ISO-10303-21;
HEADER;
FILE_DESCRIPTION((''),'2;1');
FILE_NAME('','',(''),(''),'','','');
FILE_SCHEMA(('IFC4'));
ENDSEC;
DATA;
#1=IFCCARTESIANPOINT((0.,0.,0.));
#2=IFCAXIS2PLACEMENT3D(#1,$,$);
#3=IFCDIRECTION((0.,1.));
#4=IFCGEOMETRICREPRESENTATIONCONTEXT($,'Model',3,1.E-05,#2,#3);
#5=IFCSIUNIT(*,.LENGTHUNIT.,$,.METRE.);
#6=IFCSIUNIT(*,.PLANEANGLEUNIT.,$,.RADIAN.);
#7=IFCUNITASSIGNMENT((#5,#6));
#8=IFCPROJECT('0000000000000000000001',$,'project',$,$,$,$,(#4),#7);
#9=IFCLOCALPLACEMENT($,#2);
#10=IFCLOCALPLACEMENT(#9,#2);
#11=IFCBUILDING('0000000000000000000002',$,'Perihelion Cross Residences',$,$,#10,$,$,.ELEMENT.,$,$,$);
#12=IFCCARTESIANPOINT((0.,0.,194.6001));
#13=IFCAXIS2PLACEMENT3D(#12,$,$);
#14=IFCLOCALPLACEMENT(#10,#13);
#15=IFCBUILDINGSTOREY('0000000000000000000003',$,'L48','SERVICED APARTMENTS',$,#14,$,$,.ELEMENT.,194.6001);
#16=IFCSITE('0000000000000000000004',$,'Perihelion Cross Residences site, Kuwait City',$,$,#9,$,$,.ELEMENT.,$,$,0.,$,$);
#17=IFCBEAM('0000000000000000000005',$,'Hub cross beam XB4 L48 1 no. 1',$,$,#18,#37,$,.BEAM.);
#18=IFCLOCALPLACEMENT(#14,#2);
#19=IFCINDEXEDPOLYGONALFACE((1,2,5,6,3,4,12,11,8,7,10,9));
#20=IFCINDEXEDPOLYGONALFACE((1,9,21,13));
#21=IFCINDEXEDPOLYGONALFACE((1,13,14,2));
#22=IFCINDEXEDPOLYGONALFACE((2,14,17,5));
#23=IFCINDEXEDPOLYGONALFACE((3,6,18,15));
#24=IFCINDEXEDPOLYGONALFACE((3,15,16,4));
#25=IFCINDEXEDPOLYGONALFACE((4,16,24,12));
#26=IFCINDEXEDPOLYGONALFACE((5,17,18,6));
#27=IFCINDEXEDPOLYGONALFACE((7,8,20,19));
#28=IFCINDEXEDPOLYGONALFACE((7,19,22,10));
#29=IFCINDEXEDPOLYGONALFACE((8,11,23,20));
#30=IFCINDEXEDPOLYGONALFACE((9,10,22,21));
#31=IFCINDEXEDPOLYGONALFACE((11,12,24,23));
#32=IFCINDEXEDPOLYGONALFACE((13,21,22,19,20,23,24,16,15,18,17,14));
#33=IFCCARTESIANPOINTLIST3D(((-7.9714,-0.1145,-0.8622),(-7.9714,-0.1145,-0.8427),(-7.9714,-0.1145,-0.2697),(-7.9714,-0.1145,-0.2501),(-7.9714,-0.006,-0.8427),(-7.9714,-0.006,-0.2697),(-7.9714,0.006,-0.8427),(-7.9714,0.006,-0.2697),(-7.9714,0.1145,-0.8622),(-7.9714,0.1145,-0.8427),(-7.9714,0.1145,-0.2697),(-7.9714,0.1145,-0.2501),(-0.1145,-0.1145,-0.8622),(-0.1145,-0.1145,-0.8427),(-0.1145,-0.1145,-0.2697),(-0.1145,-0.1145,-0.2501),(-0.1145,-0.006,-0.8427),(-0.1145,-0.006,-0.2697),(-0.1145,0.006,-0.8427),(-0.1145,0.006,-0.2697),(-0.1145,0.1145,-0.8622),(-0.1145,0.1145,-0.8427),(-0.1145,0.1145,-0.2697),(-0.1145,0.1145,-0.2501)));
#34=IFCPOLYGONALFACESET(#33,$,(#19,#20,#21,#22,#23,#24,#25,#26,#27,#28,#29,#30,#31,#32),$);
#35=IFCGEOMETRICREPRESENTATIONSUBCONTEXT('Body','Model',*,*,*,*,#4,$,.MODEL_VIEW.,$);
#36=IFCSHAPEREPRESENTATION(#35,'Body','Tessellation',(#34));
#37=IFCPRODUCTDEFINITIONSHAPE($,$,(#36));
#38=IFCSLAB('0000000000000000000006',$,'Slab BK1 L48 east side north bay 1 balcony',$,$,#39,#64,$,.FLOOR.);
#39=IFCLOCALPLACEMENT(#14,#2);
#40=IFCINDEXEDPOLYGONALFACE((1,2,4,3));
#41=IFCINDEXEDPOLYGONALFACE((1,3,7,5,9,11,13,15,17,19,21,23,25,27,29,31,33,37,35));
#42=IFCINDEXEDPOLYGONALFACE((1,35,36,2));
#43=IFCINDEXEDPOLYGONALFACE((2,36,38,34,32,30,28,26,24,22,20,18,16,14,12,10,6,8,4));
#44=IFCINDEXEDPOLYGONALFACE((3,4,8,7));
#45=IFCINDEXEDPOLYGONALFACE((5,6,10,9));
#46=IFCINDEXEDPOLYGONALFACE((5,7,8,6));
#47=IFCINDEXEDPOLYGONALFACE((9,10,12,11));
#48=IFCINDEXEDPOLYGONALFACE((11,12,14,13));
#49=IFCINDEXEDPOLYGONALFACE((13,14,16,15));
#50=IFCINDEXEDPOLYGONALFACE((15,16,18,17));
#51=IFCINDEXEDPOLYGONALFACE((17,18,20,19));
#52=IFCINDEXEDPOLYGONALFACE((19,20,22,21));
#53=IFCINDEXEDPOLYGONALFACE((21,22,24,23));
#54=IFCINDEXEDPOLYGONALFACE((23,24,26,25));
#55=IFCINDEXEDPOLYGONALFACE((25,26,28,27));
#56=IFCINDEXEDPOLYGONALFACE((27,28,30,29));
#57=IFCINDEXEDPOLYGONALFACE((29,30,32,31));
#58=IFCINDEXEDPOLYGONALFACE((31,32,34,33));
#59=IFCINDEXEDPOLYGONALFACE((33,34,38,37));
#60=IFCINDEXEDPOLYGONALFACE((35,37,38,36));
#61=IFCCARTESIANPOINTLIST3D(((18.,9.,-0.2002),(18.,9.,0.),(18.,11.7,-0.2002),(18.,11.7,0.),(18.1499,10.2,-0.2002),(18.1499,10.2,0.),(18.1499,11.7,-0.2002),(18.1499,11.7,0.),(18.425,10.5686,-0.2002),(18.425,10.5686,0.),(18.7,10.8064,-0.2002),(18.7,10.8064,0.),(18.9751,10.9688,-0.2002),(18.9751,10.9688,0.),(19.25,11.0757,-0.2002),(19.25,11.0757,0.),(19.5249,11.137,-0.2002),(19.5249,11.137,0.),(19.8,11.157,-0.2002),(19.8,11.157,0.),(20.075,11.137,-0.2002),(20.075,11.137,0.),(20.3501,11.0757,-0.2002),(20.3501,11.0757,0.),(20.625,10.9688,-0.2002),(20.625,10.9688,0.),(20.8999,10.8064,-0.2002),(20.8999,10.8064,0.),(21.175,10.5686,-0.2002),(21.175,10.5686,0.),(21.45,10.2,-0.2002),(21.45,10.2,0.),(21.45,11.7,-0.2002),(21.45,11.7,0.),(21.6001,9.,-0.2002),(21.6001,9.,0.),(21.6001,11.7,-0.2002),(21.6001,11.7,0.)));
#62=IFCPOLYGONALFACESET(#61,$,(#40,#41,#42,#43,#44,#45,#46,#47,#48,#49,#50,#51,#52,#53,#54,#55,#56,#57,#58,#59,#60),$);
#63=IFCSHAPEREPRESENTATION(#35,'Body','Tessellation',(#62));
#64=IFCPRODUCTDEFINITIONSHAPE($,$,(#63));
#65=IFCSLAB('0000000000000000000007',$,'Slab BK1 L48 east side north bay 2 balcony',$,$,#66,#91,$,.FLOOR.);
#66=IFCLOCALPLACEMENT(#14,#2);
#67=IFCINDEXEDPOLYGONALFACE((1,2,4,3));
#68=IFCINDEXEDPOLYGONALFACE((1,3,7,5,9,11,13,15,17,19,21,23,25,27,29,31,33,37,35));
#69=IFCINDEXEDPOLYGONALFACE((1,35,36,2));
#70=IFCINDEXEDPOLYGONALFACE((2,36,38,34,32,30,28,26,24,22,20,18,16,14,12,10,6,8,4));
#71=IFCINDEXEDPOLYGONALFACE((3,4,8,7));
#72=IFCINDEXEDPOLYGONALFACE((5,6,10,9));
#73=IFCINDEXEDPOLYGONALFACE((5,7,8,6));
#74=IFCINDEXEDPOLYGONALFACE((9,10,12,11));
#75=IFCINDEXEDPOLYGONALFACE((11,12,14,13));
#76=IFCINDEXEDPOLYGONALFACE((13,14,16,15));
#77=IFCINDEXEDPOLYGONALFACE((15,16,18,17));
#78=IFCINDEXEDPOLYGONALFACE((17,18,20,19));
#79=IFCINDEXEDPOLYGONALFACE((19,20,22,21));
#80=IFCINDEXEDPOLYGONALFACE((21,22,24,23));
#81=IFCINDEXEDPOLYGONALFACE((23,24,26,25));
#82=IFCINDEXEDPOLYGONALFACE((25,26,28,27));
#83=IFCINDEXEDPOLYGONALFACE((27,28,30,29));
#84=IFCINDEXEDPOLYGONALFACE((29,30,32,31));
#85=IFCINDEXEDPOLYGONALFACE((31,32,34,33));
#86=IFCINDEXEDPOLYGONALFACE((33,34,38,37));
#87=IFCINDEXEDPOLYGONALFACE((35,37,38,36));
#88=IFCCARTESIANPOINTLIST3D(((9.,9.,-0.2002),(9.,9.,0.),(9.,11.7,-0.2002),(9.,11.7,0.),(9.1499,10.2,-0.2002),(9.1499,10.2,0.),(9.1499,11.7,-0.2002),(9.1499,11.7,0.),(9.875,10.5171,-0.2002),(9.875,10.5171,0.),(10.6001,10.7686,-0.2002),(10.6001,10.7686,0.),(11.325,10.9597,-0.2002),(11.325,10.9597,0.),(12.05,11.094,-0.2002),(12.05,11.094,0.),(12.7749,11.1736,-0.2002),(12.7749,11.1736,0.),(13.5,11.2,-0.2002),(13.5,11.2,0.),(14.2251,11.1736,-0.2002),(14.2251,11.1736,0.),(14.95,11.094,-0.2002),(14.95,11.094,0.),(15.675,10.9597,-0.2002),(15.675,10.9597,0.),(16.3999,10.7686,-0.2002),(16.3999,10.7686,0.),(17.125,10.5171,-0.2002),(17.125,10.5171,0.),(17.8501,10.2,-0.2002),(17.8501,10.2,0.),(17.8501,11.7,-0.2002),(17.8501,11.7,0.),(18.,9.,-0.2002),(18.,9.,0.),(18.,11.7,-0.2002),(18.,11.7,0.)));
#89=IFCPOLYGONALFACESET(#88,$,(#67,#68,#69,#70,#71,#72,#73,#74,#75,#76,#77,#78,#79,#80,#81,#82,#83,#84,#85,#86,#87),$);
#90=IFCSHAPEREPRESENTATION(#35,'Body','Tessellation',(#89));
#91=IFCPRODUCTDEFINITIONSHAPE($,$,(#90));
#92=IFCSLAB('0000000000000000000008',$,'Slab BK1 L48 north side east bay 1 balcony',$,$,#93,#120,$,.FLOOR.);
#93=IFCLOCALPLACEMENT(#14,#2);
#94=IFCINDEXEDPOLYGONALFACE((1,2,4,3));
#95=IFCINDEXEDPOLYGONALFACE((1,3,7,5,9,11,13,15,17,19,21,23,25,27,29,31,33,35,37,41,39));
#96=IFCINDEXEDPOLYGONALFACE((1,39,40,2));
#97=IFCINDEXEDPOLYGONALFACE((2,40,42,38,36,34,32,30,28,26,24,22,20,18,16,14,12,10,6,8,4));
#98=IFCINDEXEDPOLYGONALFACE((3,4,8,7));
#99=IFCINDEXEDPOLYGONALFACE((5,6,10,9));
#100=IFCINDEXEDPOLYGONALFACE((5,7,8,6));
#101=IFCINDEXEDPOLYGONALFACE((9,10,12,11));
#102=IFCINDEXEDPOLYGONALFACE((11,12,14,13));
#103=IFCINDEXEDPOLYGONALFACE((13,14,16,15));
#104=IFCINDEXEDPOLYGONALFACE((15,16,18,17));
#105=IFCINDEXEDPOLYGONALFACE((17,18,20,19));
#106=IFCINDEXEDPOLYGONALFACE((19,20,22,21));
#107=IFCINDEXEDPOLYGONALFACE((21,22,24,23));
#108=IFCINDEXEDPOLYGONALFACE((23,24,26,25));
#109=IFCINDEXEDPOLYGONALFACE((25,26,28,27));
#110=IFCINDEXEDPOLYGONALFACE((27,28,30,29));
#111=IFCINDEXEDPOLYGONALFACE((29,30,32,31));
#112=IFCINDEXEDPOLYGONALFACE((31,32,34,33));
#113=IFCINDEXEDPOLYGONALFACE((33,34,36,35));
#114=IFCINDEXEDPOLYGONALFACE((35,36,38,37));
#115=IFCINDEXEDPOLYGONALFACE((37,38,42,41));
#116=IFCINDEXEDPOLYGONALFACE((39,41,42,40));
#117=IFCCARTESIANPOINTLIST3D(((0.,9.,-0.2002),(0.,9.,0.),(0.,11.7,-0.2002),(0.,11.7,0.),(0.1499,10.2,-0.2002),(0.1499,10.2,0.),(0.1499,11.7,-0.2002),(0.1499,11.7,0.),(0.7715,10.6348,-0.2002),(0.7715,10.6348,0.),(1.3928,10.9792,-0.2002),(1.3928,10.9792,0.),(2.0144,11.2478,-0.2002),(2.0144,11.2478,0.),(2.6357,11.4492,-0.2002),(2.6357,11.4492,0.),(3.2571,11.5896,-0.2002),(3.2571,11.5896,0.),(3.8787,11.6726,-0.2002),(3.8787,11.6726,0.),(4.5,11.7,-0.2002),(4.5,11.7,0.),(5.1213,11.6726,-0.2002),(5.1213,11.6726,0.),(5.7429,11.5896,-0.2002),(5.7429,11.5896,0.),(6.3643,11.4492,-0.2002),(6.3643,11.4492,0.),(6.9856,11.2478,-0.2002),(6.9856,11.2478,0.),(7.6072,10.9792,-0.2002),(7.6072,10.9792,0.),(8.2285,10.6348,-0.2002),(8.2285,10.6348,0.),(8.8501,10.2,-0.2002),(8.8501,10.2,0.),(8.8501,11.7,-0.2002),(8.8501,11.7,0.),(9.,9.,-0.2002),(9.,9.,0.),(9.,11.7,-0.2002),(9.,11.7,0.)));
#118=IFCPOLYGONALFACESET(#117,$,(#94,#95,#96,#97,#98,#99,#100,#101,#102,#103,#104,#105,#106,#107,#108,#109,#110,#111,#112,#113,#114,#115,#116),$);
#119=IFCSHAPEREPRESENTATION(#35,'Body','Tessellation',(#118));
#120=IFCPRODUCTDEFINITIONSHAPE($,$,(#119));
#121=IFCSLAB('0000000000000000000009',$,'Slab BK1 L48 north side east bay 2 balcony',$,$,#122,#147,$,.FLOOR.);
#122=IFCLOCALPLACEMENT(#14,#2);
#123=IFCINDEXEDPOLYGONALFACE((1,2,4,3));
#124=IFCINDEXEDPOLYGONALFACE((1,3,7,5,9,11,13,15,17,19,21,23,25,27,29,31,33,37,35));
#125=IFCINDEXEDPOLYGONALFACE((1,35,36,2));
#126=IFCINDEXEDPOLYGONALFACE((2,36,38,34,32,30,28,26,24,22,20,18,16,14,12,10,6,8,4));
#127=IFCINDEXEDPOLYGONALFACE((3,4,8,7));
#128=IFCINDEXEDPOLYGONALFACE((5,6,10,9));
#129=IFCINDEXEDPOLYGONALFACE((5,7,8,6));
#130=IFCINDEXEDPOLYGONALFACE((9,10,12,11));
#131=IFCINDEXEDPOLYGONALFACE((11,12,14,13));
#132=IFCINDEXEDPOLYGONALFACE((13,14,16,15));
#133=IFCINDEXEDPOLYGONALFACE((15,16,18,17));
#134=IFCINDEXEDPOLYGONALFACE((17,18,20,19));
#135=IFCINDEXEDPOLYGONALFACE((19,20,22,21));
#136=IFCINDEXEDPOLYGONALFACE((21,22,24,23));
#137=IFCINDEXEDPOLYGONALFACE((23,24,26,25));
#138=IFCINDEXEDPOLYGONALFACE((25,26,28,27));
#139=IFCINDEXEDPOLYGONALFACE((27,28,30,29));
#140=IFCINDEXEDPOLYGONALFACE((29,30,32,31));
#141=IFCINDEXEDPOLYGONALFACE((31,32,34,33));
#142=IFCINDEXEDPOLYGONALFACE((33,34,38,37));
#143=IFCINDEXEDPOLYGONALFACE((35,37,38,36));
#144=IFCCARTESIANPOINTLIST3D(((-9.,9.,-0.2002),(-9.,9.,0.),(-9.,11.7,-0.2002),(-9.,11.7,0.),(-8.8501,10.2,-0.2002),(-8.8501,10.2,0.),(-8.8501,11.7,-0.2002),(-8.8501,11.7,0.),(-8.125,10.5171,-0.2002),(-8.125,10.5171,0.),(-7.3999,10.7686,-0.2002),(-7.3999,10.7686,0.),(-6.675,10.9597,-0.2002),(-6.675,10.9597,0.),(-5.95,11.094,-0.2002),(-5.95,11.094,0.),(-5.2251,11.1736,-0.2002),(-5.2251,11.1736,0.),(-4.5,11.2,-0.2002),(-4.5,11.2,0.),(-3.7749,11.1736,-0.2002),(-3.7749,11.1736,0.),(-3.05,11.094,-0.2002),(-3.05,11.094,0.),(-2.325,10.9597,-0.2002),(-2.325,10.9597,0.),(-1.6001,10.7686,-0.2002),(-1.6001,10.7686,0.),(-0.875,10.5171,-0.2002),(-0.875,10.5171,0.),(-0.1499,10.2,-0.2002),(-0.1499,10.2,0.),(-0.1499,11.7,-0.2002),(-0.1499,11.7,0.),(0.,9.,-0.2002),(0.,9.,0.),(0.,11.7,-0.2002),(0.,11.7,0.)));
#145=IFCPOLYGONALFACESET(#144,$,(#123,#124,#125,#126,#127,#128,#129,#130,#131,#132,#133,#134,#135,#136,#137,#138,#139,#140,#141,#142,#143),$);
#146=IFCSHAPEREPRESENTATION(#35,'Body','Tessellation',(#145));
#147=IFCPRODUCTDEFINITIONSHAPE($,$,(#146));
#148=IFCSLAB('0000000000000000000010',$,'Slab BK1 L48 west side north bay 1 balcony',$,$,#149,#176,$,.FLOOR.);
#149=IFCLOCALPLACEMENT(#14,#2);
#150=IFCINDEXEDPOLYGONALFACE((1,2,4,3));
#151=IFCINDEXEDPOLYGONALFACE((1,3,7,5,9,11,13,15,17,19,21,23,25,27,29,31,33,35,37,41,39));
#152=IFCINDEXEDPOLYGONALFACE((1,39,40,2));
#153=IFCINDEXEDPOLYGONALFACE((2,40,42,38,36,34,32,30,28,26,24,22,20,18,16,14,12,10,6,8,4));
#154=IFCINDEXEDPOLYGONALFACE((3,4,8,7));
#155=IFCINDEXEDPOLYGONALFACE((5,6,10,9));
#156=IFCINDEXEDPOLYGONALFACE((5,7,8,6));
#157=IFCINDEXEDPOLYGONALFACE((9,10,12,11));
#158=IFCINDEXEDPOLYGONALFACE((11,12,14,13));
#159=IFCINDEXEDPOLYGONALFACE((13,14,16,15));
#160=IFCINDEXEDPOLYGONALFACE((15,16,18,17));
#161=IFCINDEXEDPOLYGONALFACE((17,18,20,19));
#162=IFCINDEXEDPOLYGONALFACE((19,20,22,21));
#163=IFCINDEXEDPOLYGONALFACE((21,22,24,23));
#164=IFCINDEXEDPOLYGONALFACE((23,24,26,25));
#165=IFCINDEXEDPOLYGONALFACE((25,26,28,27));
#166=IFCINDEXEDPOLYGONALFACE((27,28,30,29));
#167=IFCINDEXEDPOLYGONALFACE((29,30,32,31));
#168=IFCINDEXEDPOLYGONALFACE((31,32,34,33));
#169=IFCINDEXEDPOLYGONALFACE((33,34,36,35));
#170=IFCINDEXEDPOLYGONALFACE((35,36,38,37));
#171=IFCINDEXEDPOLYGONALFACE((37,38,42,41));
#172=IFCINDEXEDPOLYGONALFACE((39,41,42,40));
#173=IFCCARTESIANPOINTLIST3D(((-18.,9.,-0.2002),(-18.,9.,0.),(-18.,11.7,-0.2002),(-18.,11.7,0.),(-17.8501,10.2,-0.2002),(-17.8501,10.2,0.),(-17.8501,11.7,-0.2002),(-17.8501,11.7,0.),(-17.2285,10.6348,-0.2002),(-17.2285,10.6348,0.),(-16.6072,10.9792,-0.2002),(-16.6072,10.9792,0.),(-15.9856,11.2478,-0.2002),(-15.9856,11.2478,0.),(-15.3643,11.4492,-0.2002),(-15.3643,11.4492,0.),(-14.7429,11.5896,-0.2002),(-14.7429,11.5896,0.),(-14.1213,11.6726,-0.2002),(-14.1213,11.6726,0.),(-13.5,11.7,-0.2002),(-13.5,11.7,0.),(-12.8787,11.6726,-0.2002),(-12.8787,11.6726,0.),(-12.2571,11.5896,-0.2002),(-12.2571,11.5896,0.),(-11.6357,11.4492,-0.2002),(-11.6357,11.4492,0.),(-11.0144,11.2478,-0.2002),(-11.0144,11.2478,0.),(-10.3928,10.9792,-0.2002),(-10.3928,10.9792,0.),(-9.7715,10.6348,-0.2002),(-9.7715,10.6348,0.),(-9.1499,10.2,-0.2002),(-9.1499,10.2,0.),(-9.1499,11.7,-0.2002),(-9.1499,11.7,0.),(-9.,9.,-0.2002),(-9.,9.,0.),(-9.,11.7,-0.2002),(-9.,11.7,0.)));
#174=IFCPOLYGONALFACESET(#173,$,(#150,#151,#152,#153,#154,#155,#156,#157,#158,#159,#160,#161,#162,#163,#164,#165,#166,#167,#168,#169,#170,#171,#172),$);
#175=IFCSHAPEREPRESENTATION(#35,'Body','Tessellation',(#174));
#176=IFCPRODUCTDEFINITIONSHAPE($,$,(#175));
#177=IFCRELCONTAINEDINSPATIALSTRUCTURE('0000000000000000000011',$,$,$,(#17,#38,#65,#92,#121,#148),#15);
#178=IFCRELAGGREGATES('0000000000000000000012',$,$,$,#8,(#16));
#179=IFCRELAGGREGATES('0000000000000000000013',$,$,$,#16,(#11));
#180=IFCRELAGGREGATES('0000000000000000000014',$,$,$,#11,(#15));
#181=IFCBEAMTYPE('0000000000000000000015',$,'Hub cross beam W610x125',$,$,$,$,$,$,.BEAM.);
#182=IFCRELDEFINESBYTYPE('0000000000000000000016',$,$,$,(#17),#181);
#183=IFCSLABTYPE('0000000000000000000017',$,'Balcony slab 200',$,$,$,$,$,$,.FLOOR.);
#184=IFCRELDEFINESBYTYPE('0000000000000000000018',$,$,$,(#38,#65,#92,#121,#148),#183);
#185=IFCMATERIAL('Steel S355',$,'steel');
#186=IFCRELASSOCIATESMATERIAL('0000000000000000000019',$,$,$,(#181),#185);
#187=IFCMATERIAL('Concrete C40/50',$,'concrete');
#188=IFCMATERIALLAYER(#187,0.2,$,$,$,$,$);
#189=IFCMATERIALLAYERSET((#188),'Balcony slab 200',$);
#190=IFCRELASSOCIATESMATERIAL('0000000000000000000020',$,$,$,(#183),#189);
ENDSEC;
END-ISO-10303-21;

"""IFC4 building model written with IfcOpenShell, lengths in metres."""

from ifc_helpers import new_model, si_unit, direction, frame, origin, origin_2d, place, context, subcontext, project, spatial, polyline, i_section, outline, extrude, material, layer, layer_set, material_profile, profile_set, type_object, element, save


model = new_model("IFC4")

# Units and contexts
model_context = context("Model", 3, precision=1e-05, world=origin(), true_north=direction((0.0, 1.0)))
body_context = subcontext(model_context, "Body", "Model", "MODEL_VIEW")
ifc_project = project(units=[si_unit("LENGTHUNIT", "METRE"), si_unit("PLANEANGLEUNIT", "RADIAN")], contexts=[model_context])

# Site, building, storey
site_placement = place(None, origin())
site = spatial("IfcSite", under=ifc_project, at=site_placement, Name="Perihelion Cross Residences site, Kuwait City", CompositionType="ELEMENT", RefElevation=0.0)
building_placement = place(site_placement, origin())
building = spatial("IfcBuilding", under=site, at=building_placement, Name="Perihelion Cross Residences", CompositionType="ELEMENT")
storey_placement = place(building_placement, frame((0.0, 0.0, 194.6001)))
storey = spatial("IfcBuildingStorey", under=building, at=storey_placement, Name="L48", Description="SERVICED APARTMENTS", CompositionType="ELEMENT", Elevation=194.6001)

# Beam
ifc_material_1 = material(Name="Steel S355", Category="steel")
ifc_material_profile = material_profile(ifc_material_1, i_section(OverallWidth=0.229, OverallDepth=0.6121, WebThickness=0.012, FlangeThickness=0.0195, at=origin_2d()), Name="W610x125")
ifc_profile_set = profile_set([ifc_material_profile], Name="Steel S355")
beam_type = type_object("IfcBeamType", Name="Hub cross beam W610x125", PredefinedType="BEAM", material=ifc_profile_set)
beam_placement = place(storey_placement, frame((-7.9714, 0.0, -0.5562), z_axis=(1.0, 0.0, 0.0), x_axis=(0.0, 1.0, 0.0)))
element("IfcBeam", 1, at=beam_placement, inside=storey, type_object=beam_type, Name="Hub cross beam XB4 L48 1 no. 1", PredefinedType="BEAM", context=body_context, shape_type="SweptSolid", body=[
    extrude(i_section(OverallWidth=0.229, OverallDepth=0.6121, WebThickness=0.012, FlangeThickness=0.0195, at=origin_2d()), origin(), (0.0, 0.0, 1.0), 7.8569),
])

# Slabs
ifc_material_2 = material(Name="Concrete C40/50", Category="concrete")
ifc_layer_1 = layer(ifc_material_2, 0.2)
ifc_layer_set_1 = layer_set([ifc_layer_1], Name="Balcony slab 200")
slab_type_1 = type_object("IfcSlabType", Name="Balcony slab 200", PredefinedType="FLOOR", material=ifc_layer_set_1)
slab_1_placement = place(storey_placement, frame((0.0, 0.0, -0.2002)))
element("IfcSlab", 2, at=slab_1_placement, inside=storey, type_object=slab_type_1, Name="Slab BK1 L48 east side north bay 1 balcony", PredefinedType="FLOOR", context=body_context, shape_type="SweptSolid", body=[
    extrude(outline(polyline([(21.6001, 9.0), (18.0, 9.0), (18.0, 11.7), (18.1499, 11.7), (18.1499, 10.2), (18.425, 10.5686), (18.7, 10.8064), (18.9751, 10.9688), (19.25, 11.0757), (19.5249, 11.137), (19.8, 11.157), (20.075, 11.137), (20.3501, 11.0757), (20.625, 10.9688), (20.8999, 10.8064), (21.175, 10.5686), (21.45, 10.2), (21.45, 11.7), (21.6001, 11.7), (21.6001, 9.0)])), origin(), (0.0, 0.0, 1.0), 0.2002),
])
slab_2_placement = place(storey_placement, frame((0.0, 0.0, -0.2002)))
element("IfcSlab", 3, at=slab_2_placement, inside=storey, type_object=slab_type_1, Name="Slab BK1 L48 east side north bay 2 balcony", PredefinedType="FLOOR", context=body_context, shape_type="SweptSolid", body=[
    extrude(outline(polyline([(18.0, 9.0), (9.0, 9.0), (9.0, 11.7), (9.1499, 11.7), (9.1499, 10.2), (9.875, 10.5171), (10.6001, 10.7686), (11.325, 10.9597), (12.05, 11.094), (12.7749, 11.1736), (13.5, 11.2), (14.2251, 11.1736), (14.95, 11.094), (15.675, 10.9597), (16.3999, 10.7686), (17.125, 10.5171), (17.8501, 10.2), (17.8501, 11.7), (18.0, 11.7), (18.0, 9.0)])), origin(), (0.0, 0.0, 1.0), 0.2002),
])
slab_3_placement = place(storey_placement, frame((0.0, 0.0, -0.2002)))
element("IfcSlab", 4, at=slab_3_placement, inside=storey, type_object=slab_type_1, Name="Slab BK1 L48 north side east bay 1 balcony", PredefinedType="FLOOR", context=body_context, shape_type="SweptSolid", body=[
    extrude(outline(polyline([(9.0, 9.0), (0.0, 9.0), (0.0, 11.7), (0.1499, 11.7), (0.1499, 10.2), (0.7715, 10.6348), (1.3928, 10.9792), (2.0144, 11.2478), (2.6357, 11.4492), (3.2571, 11.5896), (3.8787, 11.6726), (4.5, 11.7), (5.1213, 11.6726), (5.7429, 11.5896), (6.3643, 11.4492), (6.9856, 11.2478), (7.6072, 10.9792), (8.2285, 10.6348), (8.8501, 10.2), (8.8501, 11.7), (9.0, 11.7), (9.0, 9.0)])), origin(), (0.0, 0.0, 1.0), 0.2002),
])
slab_4_placement = place(storey_placement, frame((0.0, 0.0, -0.2002)))
element("IfcSlab", 5, at=slab_4_placement, inside=storey, type_object=slab_type_1, Name="Slab BK1 L48 north side east bay 2 balcony", PredefinedType="FLOOR", context=body_context, shape_type="SweptSolid", body=[
    extrude(outline(polyline([(0.0, 9.0), (-9.0, 9.0), (-9.0, 11.7), (-8.8501, 11.7), (-8.8501, 10.2), (-8.125, 10.5171), (-7.3999, 10.7686), (-6.675, 10.9597), (-5.95, 11.094), (-5.2251, 11.1736), (-4.5, 11.2), (-3.7749, 11.1736), (-3.05, 11.094), (-2.325, 10.9597), (-1.6001, 10.7686), (-0.875, 10.5171), (-0.1499, 10.2), (-0.1499, 11.7), (0.0, 11.7), (0.0, 9.0)])), origin(), (0.0, 0.0, 1.0), 0.2002),
])
slab_5_placement = place(storey_placement, frame((0.0, 0.0, -0.2002)))
element("IfcSlab", 6, at=slab_5_placement, inside=storey, type_object=slab_type_1, Name="Slab BK1 L48 west side north bay 1 balcony", PredefinedType="FLOOR", context=body_context, shape_type="SweptSolid", body=[
    extrude(outline(polyline([(-9.0, 9.0), (-18.0, 9.0), (-18.0, 11.7), (-17.8501, 11.7), (-17.8501, 10.2), (-17.2285, 10.6348), (-16.6072, 10.9792), (-15.9856, 11.2478), (-15.3643, 11.4492), (-14.7429, 11.5896), (-14.1213, 11.6726), (-13.5, 11.7), (-12.8787, 11.6726), (-12.2571, 11.5896), (-11.6357, 11.4492), (-11.0144, 11.2478), (-10.3928, 10.9792), (-9.7715, 10.6348), (-9.1499, 10.2), (-9.1499, 11.7), (-9.0, 11.7), (-9.0, 9.0)])), origin(), (0.0, 0.0, 1.0), 0.2002),
])

save(model, "model.ifc")
